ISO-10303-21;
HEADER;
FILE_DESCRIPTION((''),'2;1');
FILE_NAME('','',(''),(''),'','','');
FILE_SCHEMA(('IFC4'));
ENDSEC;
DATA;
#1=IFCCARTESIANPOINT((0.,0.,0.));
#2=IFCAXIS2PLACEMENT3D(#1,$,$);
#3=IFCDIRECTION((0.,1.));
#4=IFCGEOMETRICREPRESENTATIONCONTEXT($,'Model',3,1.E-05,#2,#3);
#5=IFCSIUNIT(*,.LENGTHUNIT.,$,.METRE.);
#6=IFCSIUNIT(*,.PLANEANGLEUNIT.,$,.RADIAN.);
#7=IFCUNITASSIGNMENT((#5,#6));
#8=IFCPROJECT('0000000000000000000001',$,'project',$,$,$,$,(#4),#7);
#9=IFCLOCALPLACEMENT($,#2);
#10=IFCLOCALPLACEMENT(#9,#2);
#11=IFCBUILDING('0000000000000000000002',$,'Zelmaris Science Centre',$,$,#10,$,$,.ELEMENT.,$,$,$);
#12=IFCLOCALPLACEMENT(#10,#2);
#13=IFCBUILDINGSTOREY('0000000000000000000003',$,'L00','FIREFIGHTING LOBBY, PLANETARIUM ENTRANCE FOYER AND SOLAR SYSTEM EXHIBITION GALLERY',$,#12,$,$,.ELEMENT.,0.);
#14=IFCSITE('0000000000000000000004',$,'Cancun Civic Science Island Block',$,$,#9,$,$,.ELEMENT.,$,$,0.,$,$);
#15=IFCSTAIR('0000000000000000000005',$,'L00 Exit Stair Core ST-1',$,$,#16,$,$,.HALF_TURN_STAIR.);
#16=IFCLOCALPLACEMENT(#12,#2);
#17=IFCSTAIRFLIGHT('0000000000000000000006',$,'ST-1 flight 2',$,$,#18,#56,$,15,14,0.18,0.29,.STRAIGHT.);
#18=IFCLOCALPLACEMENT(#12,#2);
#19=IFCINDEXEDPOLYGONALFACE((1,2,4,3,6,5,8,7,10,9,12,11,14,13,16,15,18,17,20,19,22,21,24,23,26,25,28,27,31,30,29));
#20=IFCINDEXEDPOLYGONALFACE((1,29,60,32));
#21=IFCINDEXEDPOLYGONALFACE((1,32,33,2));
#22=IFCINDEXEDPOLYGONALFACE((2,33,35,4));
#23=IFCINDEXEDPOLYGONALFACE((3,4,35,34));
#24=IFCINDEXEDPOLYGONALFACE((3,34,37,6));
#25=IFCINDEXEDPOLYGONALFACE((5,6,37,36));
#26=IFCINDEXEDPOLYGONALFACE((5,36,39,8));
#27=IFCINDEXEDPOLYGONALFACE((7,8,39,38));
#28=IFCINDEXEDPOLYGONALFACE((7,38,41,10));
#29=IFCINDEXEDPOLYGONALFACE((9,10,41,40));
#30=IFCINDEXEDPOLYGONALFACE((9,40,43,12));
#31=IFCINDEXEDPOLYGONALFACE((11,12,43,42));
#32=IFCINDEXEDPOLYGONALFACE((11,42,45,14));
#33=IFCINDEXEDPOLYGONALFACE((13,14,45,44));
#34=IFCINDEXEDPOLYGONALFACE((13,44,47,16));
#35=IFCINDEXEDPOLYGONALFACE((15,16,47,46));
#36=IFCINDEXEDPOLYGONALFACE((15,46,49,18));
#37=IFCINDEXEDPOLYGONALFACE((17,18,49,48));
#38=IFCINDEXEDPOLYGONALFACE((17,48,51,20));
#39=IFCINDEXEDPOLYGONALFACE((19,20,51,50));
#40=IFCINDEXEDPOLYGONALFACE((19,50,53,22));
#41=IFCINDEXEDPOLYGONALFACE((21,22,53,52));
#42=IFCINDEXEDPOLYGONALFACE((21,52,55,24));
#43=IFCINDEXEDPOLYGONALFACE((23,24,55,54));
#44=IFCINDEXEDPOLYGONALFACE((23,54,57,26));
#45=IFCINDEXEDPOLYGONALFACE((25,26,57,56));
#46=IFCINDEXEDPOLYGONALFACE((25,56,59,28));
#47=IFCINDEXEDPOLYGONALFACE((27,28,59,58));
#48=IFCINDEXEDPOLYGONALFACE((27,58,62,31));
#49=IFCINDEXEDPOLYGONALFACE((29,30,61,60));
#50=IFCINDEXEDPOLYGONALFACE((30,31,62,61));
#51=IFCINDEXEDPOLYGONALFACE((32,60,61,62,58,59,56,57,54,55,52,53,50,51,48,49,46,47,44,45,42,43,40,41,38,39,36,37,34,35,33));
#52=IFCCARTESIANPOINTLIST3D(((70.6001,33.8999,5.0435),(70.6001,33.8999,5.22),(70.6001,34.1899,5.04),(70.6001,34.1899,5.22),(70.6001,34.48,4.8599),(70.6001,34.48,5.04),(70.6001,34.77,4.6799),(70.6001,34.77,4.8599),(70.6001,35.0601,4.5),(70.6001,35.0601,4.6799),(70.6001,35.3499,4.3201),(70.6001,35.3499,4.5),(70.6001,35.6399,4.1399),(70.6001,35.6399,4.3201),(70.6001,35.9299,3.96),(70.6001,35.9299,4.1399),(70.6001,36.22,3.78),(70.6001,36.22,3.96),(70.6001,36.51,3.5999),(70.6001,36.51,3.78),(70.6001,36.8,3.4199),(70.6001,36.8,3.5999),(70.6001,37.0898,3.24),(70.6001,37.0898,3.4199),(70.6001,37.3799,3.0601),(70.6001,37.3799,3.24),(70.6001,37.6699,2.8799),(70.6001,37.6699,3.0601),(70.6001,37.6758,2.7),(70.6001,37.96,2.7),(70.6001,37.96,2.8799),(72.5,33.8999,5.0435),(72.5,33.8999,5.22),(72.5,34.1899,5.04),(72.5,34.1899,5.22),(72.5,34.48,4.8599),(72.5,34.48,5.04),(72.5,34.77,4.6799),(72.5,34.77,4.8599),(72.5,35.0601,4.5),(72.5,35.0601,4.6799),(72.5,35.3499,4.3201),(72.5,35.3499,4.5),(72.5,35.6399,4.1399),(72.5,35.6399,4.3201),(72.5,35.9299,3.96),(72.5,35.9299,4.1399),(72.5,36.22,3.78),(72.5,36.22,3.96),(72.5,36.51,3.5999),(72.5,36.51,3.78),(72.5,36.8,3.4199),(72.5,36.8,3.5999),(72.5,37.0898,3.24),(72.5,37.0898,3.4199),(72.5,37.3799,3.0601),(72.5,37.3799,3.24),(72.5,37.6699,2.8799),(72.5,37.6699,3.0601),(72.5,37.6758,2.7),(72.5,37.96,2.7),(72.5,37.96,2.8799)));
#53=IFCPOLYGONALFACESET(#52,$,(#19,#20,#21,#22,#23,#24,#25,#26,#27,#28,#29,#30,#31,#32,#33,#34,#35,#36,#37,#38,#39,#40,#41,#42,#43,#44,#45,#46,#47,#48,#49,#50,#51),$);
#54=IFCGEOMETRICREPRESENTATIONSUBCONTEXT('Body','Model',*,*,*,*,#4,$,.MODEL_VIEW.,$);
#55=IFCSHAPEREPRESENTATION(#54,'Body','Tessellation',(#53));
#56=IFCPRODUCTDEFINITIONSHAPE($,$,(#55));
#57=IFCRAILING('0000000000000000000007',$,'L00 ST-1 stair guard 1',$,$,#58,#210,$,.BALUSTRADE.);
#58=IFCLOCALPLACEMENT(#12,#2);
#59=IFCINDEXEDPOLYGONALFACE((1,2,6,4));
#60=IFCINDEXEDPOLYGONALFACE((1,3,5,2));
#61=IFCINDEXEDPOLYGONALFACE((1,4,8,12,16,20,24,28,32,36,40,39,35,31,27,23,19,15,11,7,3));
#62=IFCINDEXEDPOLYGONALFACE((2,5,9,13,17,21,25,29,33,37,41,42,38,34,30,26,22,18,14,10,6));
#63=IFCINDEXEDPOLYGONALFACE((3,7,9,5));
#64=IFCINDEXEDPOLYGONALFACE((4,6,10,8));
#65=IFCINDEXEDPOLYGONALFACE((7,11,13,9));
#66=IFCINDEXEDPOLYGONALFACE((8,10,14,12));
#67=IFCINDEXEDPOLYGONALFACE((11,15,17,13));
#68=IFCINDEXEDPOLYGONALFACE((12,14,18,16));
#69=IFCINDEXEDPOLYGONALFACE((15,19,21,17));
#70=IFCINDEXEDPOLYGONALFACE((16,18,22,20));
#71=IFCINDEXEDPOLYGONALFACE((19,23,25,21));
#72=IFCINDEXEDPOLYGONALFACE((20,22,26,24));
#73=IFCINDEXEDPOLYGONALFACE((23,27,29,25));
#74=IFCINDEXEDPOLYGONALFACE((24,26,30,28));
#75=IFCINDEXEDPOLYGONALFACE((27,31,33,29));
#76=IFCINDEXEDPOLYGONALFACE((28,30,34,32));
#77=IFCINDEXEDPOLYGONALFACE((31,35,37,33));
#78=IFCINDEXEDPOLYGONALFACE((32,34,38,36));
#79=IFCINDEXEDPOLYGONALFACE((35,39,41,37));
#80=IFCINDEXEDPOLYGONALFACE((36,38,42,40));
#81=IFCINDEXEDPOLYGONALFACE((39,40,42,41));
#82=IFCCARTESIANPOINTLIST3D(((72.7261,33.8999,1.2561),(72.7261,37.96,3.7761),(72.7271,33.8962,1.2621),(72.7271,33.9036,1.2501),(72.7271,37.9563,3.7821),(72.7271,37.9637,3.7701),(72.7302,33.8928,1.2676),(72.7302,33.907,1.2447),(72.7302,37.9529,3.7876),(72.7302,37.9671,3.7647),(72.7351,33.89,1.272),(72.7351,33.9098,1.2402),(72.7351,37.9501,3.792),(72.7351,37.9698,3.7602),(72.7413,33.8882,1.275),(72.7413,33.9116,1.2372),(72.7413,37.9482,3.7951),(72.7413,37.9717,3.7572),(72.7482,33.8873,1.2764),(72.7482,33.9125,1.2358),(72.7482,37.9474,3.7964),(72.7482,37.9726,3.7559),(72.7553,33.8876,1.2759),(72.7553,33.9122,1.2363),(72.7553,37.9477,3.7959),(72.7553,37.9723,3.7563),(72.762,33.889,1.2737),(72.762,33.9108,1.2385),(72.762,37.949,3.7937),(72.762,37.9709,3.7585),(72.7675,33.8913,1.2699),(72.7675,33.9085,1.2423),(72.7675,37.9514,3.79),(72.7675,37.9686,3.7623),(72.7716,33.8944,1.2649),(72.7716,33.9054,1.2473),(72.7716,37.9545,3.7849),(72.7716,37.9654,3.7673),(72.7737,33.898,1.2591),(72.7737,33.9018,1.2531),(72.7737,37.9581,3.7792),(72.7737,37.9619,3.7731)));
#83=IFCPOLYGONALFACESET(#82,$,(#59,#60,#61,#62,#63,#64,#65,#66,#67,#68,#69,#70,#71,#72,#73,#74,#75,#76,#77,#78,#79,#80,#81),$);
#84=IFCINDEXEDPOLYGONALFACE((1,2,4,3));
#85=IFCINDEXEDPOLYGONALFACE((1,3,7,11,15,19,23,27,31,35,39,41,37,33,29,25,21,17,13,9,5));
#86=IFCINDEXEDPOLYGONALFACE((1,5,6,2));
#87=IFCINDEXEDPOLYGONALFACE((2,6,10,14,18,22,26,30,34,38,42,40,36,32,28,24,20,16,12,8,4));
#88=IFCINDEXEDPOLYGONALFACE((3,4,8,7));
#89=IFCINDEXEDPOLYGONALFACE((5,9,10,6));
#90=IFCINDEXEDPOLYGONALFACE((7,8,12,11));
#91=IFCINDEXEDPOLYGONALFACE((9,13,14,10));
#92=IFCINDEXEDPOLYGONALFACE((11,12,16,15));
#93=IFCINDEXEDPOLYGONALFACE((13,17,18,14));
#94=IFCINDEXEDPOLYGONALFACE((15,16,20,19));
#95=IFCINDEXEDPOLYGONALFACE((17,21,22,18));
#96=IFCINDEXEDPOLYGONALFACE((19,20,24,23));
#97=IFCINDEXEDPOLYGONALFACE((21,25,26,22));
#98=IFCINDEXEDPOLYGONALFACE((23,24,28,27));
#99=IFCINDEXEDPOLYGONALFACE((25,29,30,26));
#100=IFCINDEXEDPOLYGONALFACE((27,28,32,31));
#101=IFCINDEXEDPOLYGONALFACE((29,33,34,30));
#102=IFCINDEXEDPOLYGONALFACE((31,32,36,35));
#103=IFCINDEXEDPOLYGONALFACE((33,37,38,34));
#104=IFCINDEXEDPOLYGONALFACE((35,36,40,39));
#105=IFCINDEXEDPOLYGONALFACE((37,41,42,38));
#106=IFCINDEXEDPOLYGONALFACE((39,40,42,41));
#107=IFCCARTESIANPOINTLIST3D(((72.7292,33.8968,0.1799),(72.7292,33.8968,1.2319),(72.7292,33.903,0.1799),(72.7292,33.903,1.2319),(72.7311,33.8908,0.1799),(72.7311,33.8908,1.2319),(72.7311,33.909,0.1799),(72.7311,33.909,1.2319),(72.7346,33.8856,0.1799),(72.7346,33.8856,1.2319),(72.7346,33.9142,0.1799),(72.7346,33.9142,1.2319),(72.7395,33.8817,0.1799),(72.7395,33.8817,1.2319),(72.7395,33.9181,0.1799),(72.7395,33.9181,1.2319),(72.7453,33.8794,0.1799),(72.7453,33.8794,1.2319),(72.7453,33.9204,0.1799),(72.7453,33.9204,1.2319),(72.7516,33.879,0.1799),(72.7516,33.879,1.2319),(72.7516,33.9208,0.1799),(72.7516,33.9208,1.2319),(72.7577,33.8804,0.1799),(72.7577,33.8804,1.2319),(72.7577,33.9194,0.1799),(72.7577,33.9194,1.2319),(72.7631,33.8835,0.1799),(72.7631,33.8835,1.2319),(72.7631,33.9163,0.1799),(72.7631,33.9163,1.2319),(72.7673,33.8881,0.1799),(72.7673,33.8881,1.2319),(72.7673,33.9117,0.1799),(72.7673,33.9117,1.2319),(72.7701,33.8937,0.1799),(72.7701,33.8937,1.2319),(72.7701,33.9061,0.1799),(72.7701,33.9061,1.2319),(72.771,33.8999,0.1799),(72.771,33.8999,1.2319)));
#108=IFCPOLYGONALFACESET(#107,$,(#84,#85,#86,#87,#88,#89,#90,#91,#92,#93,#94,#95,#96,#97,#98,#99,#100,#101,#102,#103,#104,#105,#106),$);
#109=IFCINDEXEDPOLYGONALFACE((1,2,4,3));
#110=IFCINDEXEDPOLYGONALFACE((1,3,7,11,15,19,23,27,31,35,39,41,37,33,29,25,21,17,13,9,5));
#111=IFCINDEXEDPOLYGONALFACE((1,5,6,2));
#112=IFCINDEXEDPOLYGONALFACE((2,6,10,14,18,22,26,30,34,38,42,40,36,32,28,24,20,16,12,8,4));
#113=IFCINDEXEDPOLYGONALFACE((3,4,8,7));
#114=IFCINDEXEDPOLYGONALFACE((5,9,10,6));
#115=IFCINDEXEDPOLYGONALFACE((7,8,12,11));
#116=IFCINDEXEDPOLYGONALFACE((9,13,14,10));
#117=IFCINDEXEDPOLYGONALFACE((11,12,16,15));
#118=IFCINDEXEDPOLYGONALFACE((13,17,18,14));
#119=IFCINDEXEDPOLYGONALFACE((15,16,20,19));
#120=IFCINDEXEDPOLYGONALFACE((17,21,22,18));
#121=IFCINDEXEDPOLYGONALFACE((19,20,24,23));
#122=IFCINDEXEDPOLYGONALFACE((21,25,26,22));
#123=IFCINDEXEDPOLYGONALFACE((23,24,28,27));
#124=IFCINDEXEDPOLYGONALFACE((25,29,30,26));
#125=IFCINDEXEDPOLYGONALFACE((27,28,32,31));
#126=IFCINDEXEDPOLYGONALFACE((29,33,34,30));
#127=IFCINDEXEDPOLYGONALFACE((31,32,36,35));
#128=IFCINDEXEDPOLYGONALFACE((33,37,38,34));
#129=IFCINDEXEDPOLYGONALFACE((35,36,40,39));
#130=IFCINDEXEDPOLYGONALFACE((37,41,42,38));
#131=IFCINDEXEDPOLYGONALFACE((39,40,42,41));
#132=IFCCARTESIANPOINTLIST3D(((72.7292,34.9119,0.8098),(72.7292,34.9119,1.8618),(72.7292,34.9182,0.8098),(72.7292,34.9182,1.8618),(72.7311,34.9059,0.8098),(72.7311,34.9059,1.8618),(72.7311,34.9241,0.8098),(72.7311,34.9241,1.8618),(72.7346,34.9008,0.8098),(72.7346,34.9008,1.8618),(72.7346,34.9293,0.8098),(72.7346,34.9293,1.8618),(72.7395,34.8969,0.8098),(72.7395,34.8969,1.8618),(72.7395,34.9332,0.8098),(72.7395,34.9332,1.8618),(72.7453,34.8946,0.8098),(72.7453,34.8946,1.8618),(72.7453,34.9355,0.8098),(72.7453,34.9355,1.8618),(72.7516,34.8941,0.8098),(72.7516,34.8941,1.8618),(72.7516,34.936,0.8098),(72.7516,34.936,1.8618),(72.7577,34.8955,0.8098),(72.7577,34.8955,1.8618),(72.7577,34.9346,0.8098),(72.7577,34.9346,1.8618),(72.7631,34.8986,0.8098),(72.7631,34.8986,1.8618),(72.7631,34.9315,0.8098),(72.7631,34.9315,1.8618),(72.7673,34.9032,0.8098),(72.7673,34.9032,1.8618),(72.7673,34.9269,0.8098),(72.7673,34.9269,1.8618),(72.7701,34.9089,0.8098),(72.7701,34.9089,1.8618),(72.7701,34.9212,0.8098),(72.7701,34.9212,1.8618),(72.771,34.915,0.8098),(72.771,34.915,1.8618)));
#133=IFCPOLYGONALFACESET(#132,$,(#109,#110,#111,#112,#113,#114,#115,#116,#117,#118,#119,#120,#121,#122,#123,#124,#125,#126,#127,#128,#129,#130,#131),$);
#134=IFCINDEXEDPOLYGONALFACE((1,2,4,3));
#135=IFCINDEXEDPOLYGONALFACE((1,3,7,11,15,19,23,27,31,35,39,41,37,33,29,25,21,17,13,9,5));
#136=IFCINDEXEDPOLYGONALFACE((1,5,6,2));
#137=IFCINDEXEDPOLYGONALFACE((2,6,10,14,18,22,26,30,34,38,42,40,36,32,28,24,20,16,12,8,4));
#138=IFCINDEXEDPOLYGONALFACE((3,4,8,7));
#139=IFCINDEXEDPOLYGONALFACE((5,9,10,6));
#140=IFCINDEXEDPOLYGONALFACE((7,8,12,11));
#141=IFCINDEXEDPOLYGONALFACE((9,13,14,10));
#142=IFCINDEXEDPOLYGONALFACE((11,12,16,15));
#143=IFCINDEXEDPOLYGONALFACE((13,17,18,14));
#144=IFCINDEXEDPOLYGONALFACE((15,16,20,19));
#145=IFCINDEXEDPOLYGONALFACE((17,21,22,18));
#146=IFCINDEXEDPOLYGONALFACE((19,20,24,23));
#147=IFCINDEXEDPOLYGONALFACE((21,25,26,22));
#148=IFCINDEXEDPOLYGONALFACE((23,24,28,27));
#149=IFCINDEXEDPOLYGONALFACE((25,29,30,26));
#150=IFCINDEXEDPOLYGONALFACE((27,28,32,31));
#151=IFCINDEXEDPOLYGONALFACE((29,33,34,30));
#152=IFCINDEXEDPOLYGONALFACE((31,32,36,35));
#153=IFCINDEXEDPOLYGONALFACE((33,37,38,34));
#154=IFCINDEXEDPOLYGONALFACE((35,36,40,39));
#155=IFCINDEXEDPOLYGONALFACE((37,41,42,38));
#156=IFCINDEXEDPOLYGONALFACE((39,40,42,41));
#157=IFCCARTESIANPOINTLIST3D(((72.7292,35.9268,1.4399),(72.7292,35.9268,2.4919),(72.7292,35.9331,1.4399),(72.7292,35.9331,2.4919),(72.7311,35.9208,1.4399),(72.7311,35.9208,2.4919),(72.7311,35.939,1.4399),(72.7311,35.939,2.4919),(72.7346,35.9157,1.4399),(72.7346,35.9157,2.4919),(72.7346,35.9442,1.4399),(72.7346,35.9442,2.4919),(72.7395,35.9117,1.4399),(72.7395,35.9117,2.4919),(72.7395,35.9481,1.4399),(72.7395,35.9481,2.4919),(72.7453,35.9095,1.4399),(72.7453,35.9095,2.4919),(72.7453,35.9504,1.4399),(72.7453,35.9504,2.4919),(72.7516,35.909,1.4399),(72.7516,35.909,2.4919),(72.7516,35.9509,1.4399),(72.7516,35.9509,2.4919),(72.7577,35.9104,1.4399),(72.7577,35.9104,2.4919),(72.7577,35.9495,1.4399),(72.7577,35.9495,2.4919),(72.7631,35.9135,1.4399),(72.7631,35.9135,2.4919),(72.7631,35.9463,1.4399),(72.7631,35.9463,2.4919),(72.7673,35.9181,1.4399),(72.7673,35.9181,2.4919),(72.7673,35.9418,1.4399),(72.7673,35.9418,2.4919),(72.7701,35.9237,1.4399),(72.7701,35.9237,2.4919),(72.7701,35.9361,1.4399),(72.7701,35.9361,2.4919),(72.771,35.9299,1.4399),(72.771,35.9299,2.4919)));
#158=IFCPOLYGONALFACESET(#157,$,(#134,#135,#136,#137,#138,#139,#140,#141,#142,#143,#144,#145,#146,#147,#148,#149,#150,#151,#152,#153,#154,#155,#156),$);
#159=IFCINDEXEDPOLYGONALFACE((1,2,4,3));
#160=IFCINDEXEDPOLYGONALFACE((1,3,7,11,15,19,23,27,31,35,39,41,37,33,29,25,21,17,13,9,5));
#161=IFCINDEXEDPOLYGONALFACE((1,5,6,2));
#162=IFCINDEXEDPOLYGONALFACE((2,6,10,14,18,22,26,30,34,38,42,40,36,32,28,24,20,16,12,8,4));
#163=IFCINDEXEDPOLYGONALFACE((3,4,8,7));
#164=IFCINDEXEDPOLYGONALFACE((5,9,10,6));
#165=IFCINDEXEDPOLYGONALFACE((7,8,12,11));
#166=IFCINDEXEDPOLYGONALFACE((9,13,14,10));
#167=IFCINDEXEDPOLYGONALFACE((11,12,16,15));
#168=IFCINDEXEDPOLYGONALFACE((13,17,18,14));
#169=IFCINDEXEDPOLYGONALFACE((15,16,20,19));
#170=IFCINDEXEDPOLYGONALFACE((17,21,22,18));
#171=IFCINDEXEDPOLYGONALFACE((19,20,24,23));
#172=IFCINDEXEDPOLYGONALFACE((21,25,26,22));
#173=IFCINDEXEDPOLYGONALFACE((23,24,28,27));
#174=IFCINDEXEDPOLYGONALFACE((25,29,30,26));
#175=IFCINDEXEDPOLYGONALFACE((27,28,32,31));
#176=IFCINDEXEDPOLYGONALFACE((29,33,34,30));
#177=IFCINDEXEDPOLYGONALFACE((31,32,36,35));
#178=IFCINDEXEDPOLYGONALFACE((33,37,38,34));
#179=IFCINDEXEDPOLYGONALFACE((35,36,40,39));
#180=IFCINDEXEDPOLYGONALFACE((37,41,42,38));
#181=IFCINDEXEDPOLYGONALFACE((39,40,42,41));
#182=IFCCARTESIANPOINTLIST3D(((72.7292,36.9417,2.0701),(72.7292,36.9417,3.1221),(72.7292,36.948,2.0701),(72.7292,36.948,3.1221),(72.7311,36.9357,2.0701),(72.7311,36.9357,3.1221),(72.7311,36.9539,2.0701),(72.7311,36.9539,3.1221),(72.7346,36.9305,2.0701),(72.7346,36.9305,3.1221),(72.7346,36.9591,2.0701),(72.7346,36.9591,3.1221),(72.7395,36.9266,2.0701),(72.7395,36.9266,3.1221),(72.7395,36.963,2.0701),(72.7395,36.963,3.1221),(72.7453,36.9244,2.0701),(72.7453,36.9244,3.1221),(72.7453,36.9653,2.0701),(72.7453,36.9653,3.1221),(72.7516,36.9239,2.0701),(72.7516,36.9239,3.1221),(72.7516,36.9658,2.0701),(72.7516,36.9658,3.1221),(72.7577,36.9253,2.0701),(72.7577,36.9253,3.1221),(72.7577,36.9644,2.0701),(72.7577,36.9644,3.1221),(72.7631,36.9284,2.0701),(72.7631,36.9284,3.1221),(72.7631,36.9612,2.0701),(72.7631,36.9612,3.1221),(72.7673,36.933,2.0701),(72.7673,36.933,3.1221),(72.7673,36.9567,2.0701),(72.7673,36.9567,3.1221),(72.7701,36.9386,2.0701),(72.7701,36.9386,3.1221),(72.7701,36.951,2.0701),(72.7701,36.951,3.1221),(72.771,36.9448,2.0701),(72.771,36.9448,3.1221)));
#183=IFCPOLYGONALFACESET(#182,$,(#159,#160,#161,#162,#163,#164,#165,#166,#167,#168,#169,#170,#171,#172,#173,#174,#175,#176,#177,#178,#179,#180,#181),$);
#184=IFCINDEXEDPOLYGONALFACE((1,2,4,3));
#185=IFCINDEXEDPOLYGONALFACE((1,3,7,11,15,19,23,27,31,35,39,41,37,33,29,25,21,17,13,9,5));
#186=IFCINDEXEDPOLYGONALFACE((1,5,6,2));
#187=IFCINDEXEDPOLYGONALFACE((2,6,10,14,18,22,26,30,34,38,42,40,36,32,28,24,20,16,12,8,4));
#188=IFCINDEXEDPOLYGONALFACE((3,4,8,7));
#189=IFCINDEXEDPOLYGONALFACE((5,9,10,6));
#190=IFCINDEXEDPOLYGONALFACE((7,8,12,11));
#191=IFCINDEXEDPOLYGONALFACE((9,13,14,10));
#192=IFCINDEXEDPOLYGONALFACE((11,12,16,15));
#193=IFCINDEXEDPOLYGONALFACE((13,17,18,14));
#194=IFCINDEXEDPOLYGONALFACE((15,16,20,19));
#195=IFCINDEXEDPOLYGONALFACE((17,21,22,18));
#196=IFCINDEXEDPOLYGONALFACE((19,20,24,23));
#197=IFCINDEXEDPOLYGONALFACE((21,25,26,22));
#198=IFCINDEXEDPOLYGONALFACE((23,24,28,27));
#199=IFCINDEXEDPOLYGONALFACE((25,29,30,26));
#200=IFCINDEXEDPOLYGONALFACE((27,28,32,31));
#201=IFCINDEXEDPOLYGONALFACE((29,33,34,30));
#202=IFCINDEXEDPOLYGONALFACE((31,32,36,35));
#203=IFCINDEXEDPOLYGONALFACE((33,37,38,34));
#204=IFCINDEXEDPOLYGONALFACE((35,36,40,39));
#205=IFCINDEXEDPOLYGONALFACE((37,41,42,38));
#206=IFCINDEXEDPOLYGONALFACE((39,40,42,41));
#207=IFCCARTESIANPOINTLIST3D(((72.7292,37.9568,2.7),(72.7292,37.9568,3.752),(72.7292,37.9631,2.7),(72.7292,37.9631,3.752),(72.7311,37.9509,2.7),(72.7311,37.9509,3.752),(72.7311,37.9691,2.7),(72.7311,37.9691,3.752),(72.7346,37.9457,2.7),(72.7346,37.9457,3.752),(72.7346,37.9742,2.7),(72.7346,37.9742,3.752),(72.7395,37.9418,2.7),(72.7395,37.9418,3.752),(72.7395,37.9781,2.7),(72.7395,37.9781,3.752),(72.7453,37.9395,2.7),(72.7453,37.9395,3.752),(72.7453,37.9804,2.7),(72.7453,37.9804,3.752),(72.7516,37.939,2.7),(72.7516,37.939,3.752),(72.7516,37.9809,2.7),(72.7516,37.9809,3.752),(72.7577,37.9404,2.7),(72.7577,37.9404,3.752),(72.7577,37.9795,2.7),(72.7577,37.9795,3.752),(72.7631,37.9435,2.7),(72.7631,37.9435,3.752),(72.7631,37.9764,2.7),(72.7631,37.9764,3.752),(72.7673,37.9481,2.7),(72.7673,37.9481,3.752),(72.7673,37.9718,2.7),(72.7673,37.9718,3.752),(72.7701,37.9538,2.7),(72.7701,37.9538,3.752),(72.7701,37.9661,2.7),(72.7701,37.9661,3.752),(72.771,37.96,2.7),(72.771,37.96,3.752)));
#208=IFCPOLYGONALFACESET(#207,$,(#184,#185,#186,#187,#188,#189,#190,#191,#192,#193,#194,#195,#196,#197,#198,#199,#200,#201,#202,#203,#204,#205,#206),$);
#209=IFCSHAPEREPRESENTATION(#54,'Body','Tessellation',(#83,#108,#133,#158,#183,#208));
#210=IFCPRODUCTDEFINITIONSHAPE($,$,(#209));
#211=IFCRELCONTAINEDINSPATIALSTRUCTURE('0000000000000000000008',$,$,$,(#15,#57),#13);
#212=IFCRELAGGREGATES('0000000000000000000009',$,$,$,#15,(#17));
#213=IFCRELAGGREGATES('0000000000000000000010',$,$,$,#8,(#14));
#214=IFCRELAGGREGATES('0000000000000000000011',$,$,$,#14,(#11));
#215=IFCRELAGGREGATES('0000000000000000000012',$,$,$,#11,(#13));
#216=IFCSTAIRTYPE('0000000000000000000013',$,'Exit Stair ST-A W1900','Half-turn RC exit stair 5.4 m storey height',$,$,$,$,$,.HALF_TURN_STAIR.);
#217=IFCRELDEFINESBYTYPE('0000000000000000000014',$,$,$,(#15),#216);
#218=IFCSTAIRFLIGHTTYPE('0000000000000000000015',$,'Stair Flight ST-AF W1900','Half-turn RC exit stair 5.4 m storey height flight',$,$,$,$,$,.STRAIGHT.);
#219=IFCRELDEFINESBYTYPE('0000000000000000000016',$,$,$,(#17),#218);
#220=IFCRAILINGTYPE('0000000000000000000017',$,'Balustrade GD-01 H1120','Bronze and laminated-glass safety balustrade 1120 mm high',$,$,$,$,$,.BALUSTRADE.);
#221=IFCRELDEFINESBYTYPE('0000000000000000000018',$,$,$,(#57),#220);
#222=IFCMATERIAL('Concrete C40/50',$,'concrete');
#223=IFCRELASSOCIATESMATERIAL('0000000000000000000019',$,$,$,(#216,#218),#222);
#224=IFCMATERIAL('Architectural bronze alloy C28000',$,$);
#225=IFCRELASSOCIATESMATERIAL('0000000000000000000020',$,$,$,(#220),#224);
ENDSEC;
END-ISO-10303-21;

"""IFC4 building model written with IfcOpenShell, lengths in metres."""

from ifc_helpers import new_model, si_unit, direction, frame, origin, origin_2d, place, context, subcontext, project, spatial, polyline, circle, outline, extrude, material, type_object, element, aggregate, save


model = new_model("IFC4")

# Units and contexts
model_context = context("Model", 3, precision=1e-05, world=origin(), true_north=direction((0.0, 1.0)))
body_context = subcontext(model_context, "Body", "Model", "MODEL_VIEW")
ifc_project = project(units=[si_unit("LENGTHUNIT", "METRE"), si_unit("PLANEANGLEUNIT", "RADIAN")], contexts=[model_context])

# Site, building, storey
site_placement = place(None, origin())
site = spatial("IfcSite", under=ifc_project, at=site_placement, Name="Cancun Civic Science Island Block", CompositionType="ELEMENT", RefElevation=0.0)
building_placement = place(site_placement, origin())
building = spatial("IfcBuilding", under=site, at=building_placement, Name="Zelmaris Science Centre", CompositionType="ELEMENT")
storey_placement = place(building_placement, origin())
storey = spatial("IfcBuildingStorey", under=building, at=storey_placement, Name="L00", Description="FIREFIGHTING LOBBY, PLANETARIUM ENTRANCE FOYER AND SOLAR SYSTEM EXHIBITION GALLERY", CompositionType="ELEMENT", Elevation=0.0)

# Shared definitions
ifc_material_1 = material(Name="Concrete C40/50", Category="concrete")

# Stair, stair flight
stair_type = type_object("IfcStairType", Name="Exit Stair ST-A W1900", Description="Half-turn RC exit stair 5.4 m storey height", PredefinedType="HALF_TURN_STAIR", material=ifc_material_1)
stair_placement = place(storey_placement, origin())
stair = element("IfcStair", 1, at=stair_placement, inside=storey, type_object=stair_type, Name="L00 Exit Stair Core ST-1", PredefinedType="HALF_TURN_STAIR")
stair_flight_type = type_object("IfcStairFlightType", Name="Stair Flight ST-AF W1900", Description="Half-turn RC exit stair 5.4 m storey height flight", PredefinedType="STRAIGHT", material=ifc_material_1)
stair_flight_1_placement = place(storey_placement, frame((71.55, 37.96, 2.7), z_axis=(0.0, 0.0, 1.0), x_axis=(0.0, -1.0, 0.0)))
stair_flight_1 = element("IfcStairFlight", 2, at=stair_flight_1_placement, type_object=stair_flight_type, Name="ST-1 flight 2", NumberOfRisers=15, NumberOfTreads=14, PredefinedType="STRAIGHT", RiserHeight=0.18, TreadLength=0.29, context=body_context, shape_type="SweptSolid", body=[
    extrude(outline(polyline([(0.0, 0.0), (0.0, 0.1799), (0.29, 0.1799), (0.29, 0.3601), (0.5801, 0.3601), (0.5801, 0.54), (0.8701, 0.54), (0.8701, 0.72), (1.1599, 0.72), (1.1599, 0.8999), (1.45, 0.8999), (1.45, 1.0801), (1.74, 1.0801), (1.74, 1.26), (2.03, 1.26), (2.03, 1.4399), (2.3201, 1.4399), (2.3201, 1.6201), (2.6101, 1.6201), (2.6101, 1.8), (2.8999, 1.8), (2.8999, 1.98), (3.1899, 1.98), (3.1899, 2.1599), (3.48, 2.1599), (3.48, 2.3401), (3.77, 2.3401), (3.77, 2.52), (4.0601, 2.52), (4.0601, 2.7), (4.0601, 2.3435), (0.2842, 0.0), (0.0, 0.0)])), frame((0.0, 0.95, 0.0), z_axis=(0.0, -1.0, 0.0), x_axis=(1.0, 0.0, 0.0)), (0.0, 0.0, 1.0), 1.8999),
])
aggregate(stair, [stair_flight_1])

# Railing
ifc_material_2 = material(Name="Architectural bronze alloy C28000")
railing_type_1 = type_object("IfcRailingType", Name="Balustrade GD-01 H1120", Description="Bronze and laminated-glass safety balustrade 1120 mm high", PredefinedType="BALUSTRADE", material=ifc_material_2)
railing_1_placement = place(storey_placement, frame((72.75, 33.8999, 0.1799)))
element("IfcRailing", 3, at=railing_1_placement, inside=storey, type_object=railing_type_1, Name="L00 ST-1 stair guard 1", PredefinedType="BALUSTRADE", context=body_context, shape_type="SweptSolid", body=[
    extrude(circle(Radius=0.0239, at=origin_2d()), frame((0.0, 0.0, 1.0762), z_axis=(0.0, 0.849642, 0.52736), x_axis=(-1.0, 0.0, 0.0)), (0.0, 0.0, 1.0), 4.7786),
    extrude(circle(Radius=0.021, at=origin_2d()), origin(), (0.0, 0.0, 1.0), 1.052),
    extrude(circle(Radius=0.021, at=origin_2d()), frame((0.0, 1.0151, 0.6299)), (0.0, 0.0, 1.0), 1.052),
    extrude(circle(Radius=0.021, at=origin_2d()), frame((0.0, 2.03, 1.26)), (0.0, 0.0, 1.0), 1.052),
    extrude(circle(Radius=0.021, at=origin_2d()), frame((0.0, 3.0449, 1.8901)), (0.0, 0.0, 1.0), 1.052),
    extrude(circle(Radius=0.021, at=origin_2d()), frame((0.0, 4.0601, 2.52)), (0.0, 0.0, 1.0), 1.052),
])

save(model, "model.ifc")
